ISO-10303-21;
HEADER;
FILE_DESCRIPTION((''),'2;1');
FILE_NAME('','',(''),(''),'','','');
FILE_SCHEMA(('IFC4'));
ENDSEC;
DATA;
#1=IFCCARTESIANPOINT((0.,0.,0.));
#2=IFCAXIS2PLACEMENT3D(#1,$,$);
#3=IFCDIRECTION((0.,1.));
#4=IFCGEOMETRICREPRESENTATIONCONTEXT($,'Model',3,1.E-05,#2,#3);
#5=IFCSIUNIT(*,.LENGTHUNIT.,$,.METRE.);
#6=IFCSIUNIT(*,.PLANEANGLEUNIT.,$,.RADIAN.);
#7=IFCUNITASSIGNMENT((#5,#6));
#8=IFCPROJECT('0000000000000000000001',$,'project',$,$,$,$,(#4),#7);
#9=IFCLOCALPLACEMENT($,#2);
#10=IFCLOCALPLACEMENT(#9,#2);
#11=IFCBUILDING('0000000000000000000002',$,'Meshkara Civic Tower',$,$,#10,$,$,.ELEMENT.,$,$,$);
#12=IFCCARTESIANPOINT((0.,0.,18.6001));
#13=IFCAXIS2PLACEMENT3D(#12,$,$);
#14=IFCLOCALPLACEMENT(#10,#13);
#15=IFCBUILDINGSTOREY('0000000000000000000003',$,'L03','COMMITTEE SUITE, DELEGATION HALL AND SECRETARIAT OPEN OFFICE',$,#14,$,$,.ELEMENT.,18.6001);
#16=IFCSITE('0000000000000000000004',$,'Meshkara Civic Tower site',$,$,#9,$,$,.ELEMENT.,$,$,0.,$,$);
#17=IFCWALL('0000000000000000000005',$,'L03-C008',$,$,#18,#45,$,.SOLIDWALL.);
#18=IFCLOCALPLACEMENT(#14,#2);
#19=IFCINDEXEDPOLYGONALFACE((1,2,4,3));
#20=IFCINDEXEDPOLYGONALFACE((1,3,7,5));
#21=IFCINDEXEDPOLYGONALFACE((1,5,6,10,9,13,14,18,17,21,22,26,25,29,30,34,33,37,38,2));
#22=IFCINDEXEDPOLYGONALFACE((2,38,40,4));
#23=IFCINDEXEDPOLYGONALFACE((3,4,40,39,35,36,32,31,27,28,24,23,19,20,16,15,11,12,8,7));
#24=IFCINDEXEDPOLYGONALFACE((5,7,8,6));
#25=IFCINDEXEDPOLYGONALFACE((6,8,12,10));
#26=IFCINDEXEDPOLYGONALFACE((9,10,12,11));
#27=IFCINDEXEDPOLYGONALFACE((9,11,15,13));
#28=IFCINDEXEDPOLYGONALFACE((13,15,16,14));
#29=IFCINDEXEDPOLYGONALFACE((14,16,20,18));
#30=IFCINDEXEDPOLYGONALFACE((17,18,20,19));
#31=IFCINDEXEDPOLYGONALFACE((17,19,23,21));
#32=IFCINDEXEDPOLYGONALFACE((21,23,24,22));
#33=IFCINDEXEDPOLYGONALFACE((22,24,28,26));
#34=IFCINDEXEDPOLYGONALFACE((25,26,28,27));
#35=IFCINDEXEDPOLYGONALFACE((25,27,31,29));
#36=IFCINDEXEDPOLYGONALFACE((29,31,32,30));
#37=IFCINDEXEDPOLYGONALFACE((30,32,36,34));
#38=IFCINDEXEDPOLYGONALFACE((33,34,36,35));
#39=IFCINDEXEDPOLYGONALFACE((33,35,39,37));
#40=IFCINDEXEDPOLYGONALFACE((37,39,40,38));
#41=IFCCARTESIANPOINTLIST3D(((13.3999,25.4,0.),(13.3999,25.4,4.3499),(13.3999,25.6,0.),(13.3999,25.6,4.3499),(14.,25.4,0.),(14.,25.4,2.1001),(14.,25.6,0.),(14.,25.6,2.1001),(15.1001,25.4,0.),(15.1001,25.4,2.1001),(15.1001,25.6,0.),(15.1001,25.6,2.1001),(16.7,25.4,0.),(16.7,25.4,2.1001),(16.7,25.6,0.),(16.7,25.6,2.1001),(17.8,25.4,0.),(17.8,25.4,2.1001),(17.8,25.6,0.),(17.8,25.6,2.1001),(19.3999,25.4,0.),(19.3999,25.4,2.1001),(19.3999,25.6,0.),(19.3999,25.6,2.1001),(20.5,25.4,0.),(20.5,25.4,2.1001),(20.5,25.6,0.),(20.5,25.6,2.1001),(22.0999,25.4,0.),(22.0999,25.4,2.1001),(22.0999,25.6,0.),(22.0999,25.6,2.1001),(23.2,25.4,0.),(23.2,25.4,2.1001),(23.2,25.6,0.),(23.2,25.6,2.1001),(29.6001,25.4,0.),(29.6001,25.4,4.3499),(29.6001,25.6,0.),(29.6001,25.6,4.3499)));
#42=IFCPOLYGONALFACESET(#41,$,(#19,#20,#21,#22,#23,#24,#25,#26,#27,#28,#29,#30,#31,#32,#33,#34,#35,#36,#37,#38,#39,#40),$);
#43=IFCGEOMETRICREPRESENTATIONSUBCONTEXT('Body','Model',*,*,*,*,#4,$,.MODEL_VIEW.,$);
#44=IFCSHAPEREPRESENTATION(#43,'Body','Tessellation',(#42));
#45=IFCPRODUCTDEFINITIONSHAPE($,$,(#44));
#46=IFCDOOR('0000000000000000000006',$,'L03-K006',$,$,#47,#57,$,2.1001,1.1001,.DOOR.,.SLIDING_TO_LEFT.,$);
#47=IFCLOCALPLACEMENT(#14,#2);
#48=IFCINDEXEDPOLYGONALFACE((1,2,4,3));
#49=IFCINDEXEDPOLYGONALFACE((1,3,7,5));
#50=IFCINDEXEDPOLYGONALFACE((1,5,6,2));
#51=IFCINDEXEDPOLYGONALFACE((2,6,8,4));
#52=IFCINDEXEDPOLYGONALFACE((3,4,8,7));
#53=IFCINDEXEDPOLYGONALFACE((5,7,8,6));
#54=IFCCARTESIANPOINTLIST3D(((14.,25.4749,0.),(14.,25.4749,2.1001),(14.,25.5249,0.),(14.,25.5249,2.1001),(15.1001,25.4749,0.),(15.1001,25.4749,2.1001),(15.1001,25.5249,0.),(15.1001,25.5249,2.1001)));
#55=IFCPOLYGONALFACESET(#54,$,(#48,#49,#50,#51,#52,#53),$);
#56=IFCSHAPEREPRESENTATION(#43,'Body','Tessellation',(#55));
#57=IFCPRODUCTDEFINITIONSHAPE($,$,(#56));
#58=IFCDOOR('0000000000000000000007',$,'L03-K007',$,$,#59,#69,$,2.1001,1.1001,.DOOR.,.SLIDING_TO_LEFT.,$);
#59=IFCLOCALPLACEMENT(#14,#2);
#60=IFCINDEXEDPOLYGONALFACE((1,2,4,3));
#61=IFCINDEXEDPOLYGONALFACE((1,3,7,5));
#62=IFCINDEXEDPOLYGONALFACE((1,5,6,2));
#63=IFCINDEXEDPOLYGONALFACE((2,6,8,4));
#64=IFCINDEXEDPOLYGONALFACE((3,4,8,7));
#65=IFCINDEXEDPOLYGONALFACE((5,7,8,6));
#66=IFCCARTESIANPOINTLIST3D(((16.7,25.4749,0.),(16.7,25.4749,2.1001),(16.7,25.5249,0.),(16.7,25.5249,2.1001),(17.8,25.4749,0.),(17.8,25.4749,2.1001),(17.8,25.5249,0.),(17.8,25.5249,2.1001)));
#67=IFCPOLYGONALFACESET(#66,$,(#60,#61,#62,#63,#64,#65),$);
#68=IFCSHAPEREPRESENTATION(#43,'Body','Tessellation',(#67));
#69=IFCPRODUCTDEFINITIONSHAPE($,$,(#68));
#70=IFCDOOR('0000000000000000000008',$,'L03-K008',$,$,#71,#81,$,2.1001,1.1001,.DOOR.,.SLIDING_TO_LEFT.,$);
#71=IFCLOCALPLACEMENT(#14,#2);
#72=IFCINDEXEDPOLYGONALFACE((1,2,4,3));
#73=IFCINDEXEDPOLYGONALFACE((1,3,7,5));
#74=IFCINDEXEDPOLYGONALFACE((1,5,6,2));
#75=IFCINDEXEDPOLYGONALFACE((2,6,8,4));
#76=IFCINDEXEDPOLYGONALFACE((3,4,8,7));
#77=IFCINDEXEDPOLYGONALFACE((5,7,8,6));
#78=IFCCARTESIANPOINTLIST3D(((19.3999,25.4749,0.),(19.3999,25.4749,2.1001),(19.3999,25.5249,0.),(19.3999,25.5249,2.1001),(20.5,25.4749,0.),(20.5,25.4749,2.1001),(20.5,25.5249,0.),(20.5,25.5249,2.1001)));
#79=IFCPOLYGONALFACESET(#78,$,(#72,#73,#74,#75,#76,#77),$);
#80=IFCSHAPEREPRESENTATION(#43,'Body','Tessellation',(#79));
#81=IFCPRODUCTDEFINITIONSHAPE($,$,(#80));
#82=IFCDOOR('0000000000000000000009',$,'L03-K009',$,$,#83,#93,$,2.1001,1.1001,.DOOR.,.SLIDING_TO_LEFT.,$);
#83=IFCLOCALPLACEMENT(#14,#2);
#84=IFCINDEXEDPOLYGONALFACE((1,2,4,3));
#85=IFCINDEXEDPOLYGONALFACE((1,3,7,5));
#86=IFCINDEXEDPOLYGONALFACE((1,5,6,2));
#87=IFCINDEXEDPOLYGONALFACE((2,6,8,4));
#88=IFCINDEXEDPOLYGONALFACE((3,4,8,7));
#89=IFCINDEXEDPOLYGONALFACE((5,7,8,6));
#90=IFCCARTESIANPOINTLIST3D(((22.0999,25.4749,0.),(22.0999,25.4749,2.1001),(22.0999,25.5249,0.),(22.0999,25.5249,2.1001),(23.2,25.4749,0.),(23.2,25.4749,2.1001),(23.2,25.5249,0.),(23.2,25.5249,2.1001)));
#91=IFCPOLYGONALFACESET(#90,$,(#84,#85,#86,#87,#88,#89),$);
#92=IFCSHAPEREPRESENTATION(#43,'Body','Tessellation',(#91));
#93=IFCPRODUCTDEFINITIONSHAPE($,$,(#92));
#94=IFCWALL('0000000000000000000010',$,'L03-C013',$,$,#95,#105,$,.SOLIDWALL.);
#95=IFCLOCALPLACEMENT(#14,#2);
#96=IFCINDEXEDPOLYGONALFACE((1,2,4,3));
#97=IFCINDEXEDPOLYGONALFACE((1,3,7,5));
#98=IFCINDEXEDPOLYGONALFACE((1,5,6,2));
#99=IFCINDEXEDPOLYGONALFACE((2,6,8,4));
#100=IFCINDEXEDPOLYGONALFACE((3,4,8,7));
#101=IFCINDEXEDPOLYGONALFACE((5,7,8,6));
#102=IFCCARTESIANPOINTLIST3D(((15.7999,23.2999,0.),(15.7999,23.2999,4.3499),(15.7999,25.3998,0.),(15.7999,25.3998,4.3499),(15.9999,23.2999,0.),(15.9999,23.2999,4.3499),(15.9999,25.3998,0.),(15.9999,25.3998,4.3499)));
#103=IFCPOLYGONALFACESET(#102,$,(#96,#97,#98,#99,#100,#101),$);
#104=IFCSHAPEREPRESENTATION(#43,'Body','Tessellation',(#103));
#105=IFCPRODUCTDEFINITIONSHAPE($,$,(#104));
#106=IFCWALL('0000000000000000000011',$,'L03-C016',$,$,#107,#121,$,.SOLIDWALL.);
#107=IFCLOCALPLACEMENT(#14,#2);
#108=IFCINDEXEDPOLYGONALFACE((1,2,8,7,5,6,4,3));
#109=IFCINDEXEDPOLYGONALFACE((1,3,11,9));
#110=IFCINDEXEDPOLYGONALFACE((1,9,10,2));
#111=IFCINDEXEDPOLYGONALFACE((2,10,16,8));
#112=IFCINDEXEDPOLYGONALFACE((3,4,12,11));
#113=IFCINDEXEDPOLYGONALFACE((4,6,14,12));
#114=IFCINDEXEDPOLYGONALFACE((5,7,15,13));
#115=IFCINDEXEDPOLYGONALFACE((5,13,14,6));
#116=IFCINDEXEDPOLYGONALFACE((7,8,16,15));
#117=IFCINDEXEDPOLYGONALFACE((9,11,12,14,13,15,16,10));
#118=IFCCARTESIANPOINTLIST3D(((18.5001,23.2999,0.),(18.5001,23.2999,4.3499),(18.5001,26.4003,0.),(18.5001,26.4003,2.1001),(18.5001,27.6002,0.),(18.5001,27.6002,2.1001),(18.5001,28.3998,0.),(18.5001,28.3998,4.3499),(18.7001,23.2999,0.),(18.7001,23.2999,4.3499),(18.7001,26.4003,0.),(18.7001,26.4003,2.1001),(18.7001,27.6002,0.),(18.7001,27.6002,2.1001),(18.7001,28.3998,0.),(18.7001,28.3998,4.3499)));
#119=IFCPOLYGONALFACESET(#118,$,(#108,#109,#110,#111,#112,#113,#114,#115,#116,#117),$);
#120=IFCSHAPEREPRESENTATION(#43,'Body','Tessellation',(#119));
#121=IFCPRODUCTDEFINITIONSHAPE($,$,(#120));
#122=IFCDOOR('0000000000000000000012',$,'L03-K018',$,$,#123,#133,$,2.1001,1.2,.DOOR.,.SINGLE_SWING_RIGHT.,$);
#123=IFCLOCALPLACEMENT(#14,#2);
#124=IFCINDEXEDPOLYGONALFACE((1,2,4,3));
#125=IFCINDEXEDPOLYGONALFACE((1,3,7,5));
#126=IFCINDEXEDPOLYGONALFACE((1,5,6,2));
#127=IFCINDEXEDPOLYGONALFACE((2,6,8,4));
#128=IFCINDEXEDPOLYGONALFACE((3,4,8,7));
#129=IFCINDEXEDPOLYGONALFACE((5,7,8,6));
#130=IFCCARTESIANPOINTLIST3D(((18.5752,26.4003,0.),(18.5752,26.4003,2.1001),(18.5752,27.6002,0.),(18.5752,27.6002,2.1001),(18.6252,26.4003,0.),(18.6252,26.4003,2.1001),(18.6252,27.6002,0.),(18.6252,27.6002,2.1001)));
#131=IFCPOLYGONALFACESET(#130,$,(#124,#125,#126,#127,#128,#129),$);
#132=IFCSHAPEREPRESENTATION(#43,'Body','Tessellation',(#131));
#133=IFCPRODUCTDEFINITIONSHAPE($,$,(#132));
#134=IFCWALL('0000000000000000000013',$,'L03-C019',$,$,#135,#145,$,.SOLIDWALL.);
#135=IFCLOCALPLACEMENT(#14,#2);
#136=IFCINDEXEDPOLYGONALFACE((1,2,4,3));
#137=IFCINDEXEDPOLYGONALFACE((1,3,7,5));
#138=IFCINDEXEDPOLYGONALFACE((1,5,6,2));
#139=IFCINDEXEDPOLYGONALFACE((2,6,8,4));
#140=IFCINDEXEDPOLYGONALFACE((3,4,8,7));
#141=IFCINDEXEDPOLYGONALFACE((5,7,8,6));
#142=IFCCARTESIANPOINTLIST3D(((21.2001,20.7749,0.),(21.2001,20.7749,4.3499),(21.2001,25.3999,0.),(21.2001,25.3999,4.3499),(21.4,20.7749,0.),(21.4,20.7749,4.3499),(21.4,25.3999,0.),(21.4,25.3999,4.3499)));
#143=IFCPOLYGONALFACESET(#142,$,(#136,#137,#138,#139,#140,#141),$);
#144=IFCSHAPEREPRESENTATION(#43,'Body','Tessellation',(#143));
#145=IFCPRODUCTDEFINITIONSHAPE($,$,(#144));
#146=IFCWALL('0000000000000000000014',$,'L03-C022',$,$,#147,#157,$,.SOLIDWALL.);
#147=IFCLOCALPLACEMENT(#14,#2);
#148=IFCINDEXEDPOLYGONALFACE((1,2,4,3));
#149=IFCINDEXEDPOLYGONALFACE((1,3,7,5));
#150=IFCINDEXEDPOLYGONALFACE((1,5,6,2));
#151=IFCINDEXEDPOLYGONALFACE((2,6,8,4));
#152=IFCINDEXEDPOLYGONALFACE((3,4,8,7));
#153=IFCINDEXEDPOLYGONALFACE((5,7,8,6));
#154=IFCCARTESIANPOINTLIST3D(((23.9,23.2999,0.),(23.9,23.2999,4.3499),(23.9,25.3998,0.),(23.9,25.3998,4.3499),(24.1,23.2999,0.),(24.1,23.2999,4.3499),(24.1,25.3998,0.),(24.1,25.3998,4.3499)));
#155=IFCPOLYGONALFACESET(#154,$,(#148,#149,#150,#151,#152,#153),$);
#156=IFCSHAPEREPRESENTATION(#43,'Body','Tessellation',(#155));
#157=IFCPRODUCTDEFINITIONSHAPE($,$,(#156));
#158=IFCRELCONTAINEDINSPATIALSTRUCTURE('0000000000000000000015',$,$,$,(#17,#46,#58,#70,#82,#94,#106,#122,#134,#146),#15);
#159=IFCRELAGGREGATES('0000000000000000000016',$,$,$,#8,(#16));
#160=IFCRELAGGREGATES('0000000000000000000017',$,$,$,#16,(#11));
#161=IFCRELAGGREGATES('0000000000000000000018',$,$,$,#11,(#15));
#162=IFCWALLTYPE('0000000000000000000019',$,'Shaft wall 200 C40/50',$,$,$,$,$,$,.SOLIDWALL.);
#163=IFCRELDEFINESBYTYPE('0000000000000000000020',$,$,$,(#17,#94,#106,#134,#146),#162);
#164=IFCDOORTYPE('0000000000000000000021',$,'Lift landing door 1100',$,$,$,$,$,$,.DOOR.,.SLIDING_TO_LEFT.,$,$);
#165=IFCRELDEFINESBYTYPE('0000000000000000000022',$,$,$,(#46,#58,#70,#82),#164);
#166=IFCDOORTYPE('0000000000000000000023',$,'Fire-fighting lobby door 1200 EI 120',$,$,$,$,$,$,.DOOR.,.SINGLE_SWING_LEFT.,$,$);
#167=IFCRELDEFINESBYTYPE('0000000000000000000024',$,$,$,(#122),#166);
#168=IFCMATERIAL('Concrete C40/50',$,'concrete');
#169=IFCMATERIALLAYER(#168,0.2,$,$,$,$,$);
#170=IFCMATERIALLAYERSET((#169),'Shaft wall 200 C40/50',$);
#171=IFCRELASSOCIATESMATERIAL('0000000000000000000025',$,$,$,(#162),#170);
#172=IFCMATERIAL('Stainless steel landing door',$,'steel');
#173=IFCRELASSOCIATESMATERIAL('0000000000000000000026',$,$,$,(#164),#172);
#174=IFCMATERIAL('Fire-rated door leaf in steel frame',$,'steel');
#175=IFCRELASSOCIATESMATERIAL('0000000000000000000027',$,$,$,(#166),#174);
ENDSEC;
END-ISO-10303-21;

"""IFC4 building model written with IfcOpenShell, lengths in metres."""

from ifc_helpers import new_model, si_unit, direction, frame, frame_2d, origin, place, context, subcontext, project, spatial, rectangle, extrude, material, layer, layer_set, type_object, element, fill, save


model = new_model("IFC4")

# Units and contexts
model_context = context("Model", 3, precision=1e-05, world=origin(), true_north=direction((0.0, 1.0)))
body_context = subcontext(model_context, "Body", "Model", "MODEL_VIEW")
ifc_project = project(units=[si_unit("LENGTHUNIT", "METRE"), si_unit("PLANEANGLEUNIT", "RADIAN")], contexts=[model_context])

# Site, building, storey
site_placement = place(None, origin())
site = spatial("IfcSite", under=ifc_project, at=site_placement, Name="Meshkara Civic Tower site", CompositionType="ELEMENT", RefElevation=0.0)
building_placement = place(site_placement, origin())
building = spatial("IfcBuilding", under=site, at=building_placement, Name="Meshkara Civic Tower", CompositionType="ELEMENT")
storey_placement = place(building_placement, frame((0.0, 0.0, 18.6001)))
storey = spatial("IfcBuildingStorey", under=building, at=storey_placement, Name="L03", Description="COMMITTEE SUITE, DELEGATION HALL AND SECRETARIAT OPEN OFFICE", CompositionType="ELEMENT", Elevation=18.6001)

# Wall, openings, doors
ifc_material_1 = material(Name="Concrete C40/50", Category="concrete")
ifc_layer_1 = layer(ifc_material_1, 0.2)
ifc_layer_set_1 = layer_set([ifc_layer_1], Name="Shaft wall 200 C40/50")
wall_type_1 = type_object("IfcWallType", Name="Shaft wall 200 C40/50", PredefinedType="SOLIDWALL", material=ifc_layer_set_1)
wall_1_placement = place(storey_placement, frame((13.3999, 25.5, 0.0), z_axis=(0.0, 0.0, 1.0), x_axis=(1.0, 0.0, 0.0)))
wall_1 = element("IfcWall", 1, at=wall_1_placement, inside=storey, type_object=wall_type_1, Name="L03-C008", PredefinedType="SOLIDWALL", context=body_context, shape_type="SweptSolid", body=[
    extrude(rectangle(XDim=16.2002, YDim=0.2, at=frame_2d((8.1001, 0.0))), origin(), (0.0, 0.0, 1.0), 4.3499),
])
opening_1_placement = place(wall_1_placement, frame((0.6001, 0.0, 0.0)))
opening_1 = element("IfcOpeningElement", 2, at=opening_1_placement, cuts=wall_1, PredefinedType="OPENING", context=body_context, shape_type="SweptSolid", body=[
    extrude(rectangle(XDim=1.1001, YDim=2.1001, at=frame_2d((0.55, 1.05))), frame((0.0, 0.1099, 0.0), z_axis=(0.0, -1.0, 0.0), x_axis=(1.0, 0.0, 0.0)), (0.0, 0.0, 1.0), 0.22),
])
opening_2_placement = place(wall_1_placement, frame((3.3, 0.0, 0.0)))
opening_2 = element("IfcOpeningElement", 3, at=opening_2_placement, cuts=wall_1, PredefinedType="OPENING", context=body_context, shape_type="SweptSolid", body=[
    extrude(rectangle(XDim=1.1001, YDim=2.1001, at=frame_2d((0.55, 1.05))), frame((0.0, 0.1099, 0.0), z_axis=(0.0, -1.0, 0.0), x_axis=(1.0, 0.0, 0.0)), (0.0, 0.0, 1.0), 0.22),
])
opening_3_placement = place(wall_1_placement, frame((6.0, 0.0, 0.0)))
opening_3 = element("IfcOpeningElement", 4, at=opening_3_placement, cuts=wall_1, PredefinedType="OPENING", context=body_context, shape_type="SweptSolid", body=[
    extrude(rectangle(XDim=1.1001, YDim=2.1001, at=frame_2d((0.55, 1.05))), frame((0.0, 0.1099, 0.0), z_axis=(0.0, -1.0, 0.0), x_axis=(1.0, 0.0, 0.0)), (0.0, 0.0, 1.0), 0.22),
])
opening_4_placement = place(wall_1_placement, frame((8.7, 0.0, 0.0)))
opening_4 = element("IfcOpeningElement", 5, at=opening_4_placement, cuts=wall_1, PredefinedType="OPENING", context=body_context, shape_type="SweptSolid", body=[
    extrude(rectangle(XDim=1.1001, YDim=2.1001, at=frame_2d((0.55, 1.05))), frame((0.0, 0.1099, 0.0), z_axis=(0.0, -1.0, 0.0), x_axis=(1.0, 0.0, 0.0)), (0.0, 0.0, 1.0), 0.22),
])
ifc_material_2 = material(Name="Stainless steel landing door", Category="steel")
door_type_1 = type_object("IfcDoorType", Name="Lift landing door 1100", OperationType="SLIDING_TO_LEFT", PredefinedType="DOOR", material=ifc_material_2)
door_1_placement = place(opening_1_placement, origin())
door_1 = element("IfcDoor", 6, at=door_1_placement, inside=storey, type_object=door_type_1, Name="L03-K006", OperationType="SLIDING_TO_LEFT", OverallHeight=2.1001, OverallWidth=1.1001, PredefinedType="DOOR", context=body_context, shape_type="SweptSolid", body=[
    extrude(rectangle(XDim=1.1001, YDim=2.1001, at=frame_2d((0.55, 1.05))), frame((0.0, 0.0249, 0.0), z_axis=(0.0, -1.0, 0.0), x_axis=(1.0, 0.0, 0.0)), (0.0, 0.0, 1.0), 0.05),
])
fill(opening_1, door_1)
door_2_placement = place(opening_2_placement, origin())
door_2 = element("IfcDoor", 7, at=door_2_placement, inside=storey, type_object=door_type_1, Name="L03-K007", OperationType="SLIDING_TO_LEFT", OverallHeight=2.1001, OverallWidth=1.1001, PredefinedType="DOOR", context=body_context, shape_type="SweptSolid", body=[
    extrude(rectangle(XDim=1.1001, YDim=2.1001, at=frame_2d((0.55, 1.05))), frame((0.0, 0.0249, 0.0), z_axis=(0.0, -1.0, 0.0), x_axis=(1.0, 0.0, 0.0)), (0.0, 0.0, 1.0), 0.05),
])
fill(opening_2, door_2)
door_3_placement = place(opening_3_placement, origin())
door_3 = element("IfcDoor", 8, at=door_3_placement, inside=storey, type_object=door_type_1, Name="L03-K008", OperationType="SLIDING_TO_LEFT", OverallHeight=2.1001, OverallWidth=1.1001, PredefinedType="DOOR", context=body_context, shape_type="SweptSolid", body=[
    extrude(rectangle(XDim=1.1001, YDim=2.1001, at=frame_2d((0.55, 1.05))), frame((0.0, 0.0249, 0.0), z_axis=(0.0, -1.0, 0.0), x_axis=(1.0, 0.0, 0.0)), (0.0, 0.0, 1.0), 0.05),
])
fill(opening_3, door_3)
door_4_placement = place(opening_4_placement, origin())
door_4 = element("IfcDoor", 9, at=door_4_placement, inside=storey, type_object=door_type_1, Name="L03-K009", OperationType="SLIDING_TO_LEFT", OverallHeight=2.1001, OverallWidth=1.1001, PredefinedType="DOOR", context=body_context, shape_type="SweptSolid", body=[
    extrude(rectangle(XDim=1.1001, YDim=2.1001, at=frame_2d((0.55, 1.05))), frame((0.0, 0.0249, 0.0), z_axis=(0.0, -1.0, 0.0), x_axis=(1.0, 0.0, 0.0)), (0.0, 0.0, 1.0), 0.05),
])
fill(opening_4, door_4)

# Wall
wall_2_placement = place(storey_placement, frame((15.8999, 23.3, 0.0), z_axis=(0.0, 0.0, 1.0), x_axis=(0.0, 1.0, 0.0)))
element("IfcWall", 10, at=wall_2_placement, inside=storey, type_object=wall_type_1, Name="L03-C013", PredefinedType="SOLIDWALL", context=body_context, shape_type="SweptSolid", body=[
    extrude(rectangle(XDim=2.0999, YDim=0.2, at=frame_2d((1.0498, 0.0))), origin(), (0.0, 0.0, 1.0), 4.3499),
])

# Wall, opening, door
wall_3_placement = place(storey_placement, frame((18.6001, 23.3, 0.0), z_axis=(0.0, 0.0, 1.0), x_axis=(0.0, 1.0, 0.0)))
wall_3 = element("IfcWall", 11, at=wall_3_placement, inside=storey, type_object=wall_type_1, Name="L03-C016", PredefinedType="SOLIDWALL", context=body_context, shape_type="SweptSolid", body=[
    extrude(rectangle(XDim=5.0999, YDim=0.2, at=frame_2d((2.5498, 0.0))), origin(), (0.0, 0.0, 1.0), 4.3499),
])
opening_5_placement = place(wall_3_placement, frame((3.1001, 0.0, 0.0)))
opening_5 = element("IfcOpeningElement", 12, at=opening_5_placement, cuts=wall_3, PredefinedType="OPENING", context=body_context, shape_type="SweptSolid", body=[
    extrude(rectangle(XDim=1.2, YDim=2.1001, at=frame_2d((0.6001, 1.05))), frame((0.0, 0.1099, 0.0), z_axis=(0.0, -1.0, 0.0), x_axis=(1.0, 0.0, 0.0)), (0.0, 0.0, 1.0), 0.22),
])
ifc_material_3 = material(Name="Fire-rated door leaf in steel frame", Category="steel")
door_type_2 = type_object("IfcDoorType", Name="Fire-fighting lobby door 1200 EI 120", OperationType="SINGLE_SWING_LEFT", PredefinedType="DOOR", material=ifc_material_3)
door_5_placement = place(opening_5_placement, origin())
door_5 = element("IfcDoor", 13, at=door_5_placement, inside=storey, type_object=door_type_2, Name="L03-K018", OperationType="SINGLE_SWING_RIGHT", OverallHeight=2.1001, OverallWidth=1.2, PredefinedType="DOOR", context=body_context, shape_type="SweptSolid", body=[
    extrude(rectangle(XDim=1.2, YDim=2.1001, at=frame_2d((0.6001, 1.05))), frame((0.0, 0.0249, 0.0), z_axis=(0.0, -1.0, 0.0), x_axis=(1.0, 0.0, 0.0)), (0.0, 0.0, 1.0), 0.05),
])
fill(opening_5, door_5)

# Walls
wall_4_placement = place(storey_placement, frame((21.3, 20.7749, 0.0), z_axis=(0.0, 0.0, 1.0), x_axis=(0.0, 1.0, 0.0)))
element("IfcWall", 14, at=wall_4_placement, inside=storey, type_object=wall_type_1, Name="L03-C019", PredefinedType="SOLIDWALL", context=body_context, shape_type="SweptSolid", body=[
    extrude(rectangle(XDim=4.625, YDim=0.2, at=frame_2d((2.3125, 0.0))), origin(), (0.0, 0.0, 1.0), 4.3499),
])
wall_5_placement = place(storey_placement, frame((24.0, 23.3, 0.0), z_axis=(0.0, 0.0, 1.0), x_axis=(0.0, 1.0, 0.0)))
element("IfcWall", 15, at=wall_5_placement, inside=storey, type_object=wall_type_1, Name="L03-C022", PredefinedType="SOLIDWALL", context=body_context, shape_type="SweptSolid", body=[
    extrude(rectangle(XDim=2.0999, YDim=0.2, at=frame_2d((1.0498, 0.0))), origin(), (0.0, 0.0, 1.0), 4.3499),
])

save(model, "model.ifc")
